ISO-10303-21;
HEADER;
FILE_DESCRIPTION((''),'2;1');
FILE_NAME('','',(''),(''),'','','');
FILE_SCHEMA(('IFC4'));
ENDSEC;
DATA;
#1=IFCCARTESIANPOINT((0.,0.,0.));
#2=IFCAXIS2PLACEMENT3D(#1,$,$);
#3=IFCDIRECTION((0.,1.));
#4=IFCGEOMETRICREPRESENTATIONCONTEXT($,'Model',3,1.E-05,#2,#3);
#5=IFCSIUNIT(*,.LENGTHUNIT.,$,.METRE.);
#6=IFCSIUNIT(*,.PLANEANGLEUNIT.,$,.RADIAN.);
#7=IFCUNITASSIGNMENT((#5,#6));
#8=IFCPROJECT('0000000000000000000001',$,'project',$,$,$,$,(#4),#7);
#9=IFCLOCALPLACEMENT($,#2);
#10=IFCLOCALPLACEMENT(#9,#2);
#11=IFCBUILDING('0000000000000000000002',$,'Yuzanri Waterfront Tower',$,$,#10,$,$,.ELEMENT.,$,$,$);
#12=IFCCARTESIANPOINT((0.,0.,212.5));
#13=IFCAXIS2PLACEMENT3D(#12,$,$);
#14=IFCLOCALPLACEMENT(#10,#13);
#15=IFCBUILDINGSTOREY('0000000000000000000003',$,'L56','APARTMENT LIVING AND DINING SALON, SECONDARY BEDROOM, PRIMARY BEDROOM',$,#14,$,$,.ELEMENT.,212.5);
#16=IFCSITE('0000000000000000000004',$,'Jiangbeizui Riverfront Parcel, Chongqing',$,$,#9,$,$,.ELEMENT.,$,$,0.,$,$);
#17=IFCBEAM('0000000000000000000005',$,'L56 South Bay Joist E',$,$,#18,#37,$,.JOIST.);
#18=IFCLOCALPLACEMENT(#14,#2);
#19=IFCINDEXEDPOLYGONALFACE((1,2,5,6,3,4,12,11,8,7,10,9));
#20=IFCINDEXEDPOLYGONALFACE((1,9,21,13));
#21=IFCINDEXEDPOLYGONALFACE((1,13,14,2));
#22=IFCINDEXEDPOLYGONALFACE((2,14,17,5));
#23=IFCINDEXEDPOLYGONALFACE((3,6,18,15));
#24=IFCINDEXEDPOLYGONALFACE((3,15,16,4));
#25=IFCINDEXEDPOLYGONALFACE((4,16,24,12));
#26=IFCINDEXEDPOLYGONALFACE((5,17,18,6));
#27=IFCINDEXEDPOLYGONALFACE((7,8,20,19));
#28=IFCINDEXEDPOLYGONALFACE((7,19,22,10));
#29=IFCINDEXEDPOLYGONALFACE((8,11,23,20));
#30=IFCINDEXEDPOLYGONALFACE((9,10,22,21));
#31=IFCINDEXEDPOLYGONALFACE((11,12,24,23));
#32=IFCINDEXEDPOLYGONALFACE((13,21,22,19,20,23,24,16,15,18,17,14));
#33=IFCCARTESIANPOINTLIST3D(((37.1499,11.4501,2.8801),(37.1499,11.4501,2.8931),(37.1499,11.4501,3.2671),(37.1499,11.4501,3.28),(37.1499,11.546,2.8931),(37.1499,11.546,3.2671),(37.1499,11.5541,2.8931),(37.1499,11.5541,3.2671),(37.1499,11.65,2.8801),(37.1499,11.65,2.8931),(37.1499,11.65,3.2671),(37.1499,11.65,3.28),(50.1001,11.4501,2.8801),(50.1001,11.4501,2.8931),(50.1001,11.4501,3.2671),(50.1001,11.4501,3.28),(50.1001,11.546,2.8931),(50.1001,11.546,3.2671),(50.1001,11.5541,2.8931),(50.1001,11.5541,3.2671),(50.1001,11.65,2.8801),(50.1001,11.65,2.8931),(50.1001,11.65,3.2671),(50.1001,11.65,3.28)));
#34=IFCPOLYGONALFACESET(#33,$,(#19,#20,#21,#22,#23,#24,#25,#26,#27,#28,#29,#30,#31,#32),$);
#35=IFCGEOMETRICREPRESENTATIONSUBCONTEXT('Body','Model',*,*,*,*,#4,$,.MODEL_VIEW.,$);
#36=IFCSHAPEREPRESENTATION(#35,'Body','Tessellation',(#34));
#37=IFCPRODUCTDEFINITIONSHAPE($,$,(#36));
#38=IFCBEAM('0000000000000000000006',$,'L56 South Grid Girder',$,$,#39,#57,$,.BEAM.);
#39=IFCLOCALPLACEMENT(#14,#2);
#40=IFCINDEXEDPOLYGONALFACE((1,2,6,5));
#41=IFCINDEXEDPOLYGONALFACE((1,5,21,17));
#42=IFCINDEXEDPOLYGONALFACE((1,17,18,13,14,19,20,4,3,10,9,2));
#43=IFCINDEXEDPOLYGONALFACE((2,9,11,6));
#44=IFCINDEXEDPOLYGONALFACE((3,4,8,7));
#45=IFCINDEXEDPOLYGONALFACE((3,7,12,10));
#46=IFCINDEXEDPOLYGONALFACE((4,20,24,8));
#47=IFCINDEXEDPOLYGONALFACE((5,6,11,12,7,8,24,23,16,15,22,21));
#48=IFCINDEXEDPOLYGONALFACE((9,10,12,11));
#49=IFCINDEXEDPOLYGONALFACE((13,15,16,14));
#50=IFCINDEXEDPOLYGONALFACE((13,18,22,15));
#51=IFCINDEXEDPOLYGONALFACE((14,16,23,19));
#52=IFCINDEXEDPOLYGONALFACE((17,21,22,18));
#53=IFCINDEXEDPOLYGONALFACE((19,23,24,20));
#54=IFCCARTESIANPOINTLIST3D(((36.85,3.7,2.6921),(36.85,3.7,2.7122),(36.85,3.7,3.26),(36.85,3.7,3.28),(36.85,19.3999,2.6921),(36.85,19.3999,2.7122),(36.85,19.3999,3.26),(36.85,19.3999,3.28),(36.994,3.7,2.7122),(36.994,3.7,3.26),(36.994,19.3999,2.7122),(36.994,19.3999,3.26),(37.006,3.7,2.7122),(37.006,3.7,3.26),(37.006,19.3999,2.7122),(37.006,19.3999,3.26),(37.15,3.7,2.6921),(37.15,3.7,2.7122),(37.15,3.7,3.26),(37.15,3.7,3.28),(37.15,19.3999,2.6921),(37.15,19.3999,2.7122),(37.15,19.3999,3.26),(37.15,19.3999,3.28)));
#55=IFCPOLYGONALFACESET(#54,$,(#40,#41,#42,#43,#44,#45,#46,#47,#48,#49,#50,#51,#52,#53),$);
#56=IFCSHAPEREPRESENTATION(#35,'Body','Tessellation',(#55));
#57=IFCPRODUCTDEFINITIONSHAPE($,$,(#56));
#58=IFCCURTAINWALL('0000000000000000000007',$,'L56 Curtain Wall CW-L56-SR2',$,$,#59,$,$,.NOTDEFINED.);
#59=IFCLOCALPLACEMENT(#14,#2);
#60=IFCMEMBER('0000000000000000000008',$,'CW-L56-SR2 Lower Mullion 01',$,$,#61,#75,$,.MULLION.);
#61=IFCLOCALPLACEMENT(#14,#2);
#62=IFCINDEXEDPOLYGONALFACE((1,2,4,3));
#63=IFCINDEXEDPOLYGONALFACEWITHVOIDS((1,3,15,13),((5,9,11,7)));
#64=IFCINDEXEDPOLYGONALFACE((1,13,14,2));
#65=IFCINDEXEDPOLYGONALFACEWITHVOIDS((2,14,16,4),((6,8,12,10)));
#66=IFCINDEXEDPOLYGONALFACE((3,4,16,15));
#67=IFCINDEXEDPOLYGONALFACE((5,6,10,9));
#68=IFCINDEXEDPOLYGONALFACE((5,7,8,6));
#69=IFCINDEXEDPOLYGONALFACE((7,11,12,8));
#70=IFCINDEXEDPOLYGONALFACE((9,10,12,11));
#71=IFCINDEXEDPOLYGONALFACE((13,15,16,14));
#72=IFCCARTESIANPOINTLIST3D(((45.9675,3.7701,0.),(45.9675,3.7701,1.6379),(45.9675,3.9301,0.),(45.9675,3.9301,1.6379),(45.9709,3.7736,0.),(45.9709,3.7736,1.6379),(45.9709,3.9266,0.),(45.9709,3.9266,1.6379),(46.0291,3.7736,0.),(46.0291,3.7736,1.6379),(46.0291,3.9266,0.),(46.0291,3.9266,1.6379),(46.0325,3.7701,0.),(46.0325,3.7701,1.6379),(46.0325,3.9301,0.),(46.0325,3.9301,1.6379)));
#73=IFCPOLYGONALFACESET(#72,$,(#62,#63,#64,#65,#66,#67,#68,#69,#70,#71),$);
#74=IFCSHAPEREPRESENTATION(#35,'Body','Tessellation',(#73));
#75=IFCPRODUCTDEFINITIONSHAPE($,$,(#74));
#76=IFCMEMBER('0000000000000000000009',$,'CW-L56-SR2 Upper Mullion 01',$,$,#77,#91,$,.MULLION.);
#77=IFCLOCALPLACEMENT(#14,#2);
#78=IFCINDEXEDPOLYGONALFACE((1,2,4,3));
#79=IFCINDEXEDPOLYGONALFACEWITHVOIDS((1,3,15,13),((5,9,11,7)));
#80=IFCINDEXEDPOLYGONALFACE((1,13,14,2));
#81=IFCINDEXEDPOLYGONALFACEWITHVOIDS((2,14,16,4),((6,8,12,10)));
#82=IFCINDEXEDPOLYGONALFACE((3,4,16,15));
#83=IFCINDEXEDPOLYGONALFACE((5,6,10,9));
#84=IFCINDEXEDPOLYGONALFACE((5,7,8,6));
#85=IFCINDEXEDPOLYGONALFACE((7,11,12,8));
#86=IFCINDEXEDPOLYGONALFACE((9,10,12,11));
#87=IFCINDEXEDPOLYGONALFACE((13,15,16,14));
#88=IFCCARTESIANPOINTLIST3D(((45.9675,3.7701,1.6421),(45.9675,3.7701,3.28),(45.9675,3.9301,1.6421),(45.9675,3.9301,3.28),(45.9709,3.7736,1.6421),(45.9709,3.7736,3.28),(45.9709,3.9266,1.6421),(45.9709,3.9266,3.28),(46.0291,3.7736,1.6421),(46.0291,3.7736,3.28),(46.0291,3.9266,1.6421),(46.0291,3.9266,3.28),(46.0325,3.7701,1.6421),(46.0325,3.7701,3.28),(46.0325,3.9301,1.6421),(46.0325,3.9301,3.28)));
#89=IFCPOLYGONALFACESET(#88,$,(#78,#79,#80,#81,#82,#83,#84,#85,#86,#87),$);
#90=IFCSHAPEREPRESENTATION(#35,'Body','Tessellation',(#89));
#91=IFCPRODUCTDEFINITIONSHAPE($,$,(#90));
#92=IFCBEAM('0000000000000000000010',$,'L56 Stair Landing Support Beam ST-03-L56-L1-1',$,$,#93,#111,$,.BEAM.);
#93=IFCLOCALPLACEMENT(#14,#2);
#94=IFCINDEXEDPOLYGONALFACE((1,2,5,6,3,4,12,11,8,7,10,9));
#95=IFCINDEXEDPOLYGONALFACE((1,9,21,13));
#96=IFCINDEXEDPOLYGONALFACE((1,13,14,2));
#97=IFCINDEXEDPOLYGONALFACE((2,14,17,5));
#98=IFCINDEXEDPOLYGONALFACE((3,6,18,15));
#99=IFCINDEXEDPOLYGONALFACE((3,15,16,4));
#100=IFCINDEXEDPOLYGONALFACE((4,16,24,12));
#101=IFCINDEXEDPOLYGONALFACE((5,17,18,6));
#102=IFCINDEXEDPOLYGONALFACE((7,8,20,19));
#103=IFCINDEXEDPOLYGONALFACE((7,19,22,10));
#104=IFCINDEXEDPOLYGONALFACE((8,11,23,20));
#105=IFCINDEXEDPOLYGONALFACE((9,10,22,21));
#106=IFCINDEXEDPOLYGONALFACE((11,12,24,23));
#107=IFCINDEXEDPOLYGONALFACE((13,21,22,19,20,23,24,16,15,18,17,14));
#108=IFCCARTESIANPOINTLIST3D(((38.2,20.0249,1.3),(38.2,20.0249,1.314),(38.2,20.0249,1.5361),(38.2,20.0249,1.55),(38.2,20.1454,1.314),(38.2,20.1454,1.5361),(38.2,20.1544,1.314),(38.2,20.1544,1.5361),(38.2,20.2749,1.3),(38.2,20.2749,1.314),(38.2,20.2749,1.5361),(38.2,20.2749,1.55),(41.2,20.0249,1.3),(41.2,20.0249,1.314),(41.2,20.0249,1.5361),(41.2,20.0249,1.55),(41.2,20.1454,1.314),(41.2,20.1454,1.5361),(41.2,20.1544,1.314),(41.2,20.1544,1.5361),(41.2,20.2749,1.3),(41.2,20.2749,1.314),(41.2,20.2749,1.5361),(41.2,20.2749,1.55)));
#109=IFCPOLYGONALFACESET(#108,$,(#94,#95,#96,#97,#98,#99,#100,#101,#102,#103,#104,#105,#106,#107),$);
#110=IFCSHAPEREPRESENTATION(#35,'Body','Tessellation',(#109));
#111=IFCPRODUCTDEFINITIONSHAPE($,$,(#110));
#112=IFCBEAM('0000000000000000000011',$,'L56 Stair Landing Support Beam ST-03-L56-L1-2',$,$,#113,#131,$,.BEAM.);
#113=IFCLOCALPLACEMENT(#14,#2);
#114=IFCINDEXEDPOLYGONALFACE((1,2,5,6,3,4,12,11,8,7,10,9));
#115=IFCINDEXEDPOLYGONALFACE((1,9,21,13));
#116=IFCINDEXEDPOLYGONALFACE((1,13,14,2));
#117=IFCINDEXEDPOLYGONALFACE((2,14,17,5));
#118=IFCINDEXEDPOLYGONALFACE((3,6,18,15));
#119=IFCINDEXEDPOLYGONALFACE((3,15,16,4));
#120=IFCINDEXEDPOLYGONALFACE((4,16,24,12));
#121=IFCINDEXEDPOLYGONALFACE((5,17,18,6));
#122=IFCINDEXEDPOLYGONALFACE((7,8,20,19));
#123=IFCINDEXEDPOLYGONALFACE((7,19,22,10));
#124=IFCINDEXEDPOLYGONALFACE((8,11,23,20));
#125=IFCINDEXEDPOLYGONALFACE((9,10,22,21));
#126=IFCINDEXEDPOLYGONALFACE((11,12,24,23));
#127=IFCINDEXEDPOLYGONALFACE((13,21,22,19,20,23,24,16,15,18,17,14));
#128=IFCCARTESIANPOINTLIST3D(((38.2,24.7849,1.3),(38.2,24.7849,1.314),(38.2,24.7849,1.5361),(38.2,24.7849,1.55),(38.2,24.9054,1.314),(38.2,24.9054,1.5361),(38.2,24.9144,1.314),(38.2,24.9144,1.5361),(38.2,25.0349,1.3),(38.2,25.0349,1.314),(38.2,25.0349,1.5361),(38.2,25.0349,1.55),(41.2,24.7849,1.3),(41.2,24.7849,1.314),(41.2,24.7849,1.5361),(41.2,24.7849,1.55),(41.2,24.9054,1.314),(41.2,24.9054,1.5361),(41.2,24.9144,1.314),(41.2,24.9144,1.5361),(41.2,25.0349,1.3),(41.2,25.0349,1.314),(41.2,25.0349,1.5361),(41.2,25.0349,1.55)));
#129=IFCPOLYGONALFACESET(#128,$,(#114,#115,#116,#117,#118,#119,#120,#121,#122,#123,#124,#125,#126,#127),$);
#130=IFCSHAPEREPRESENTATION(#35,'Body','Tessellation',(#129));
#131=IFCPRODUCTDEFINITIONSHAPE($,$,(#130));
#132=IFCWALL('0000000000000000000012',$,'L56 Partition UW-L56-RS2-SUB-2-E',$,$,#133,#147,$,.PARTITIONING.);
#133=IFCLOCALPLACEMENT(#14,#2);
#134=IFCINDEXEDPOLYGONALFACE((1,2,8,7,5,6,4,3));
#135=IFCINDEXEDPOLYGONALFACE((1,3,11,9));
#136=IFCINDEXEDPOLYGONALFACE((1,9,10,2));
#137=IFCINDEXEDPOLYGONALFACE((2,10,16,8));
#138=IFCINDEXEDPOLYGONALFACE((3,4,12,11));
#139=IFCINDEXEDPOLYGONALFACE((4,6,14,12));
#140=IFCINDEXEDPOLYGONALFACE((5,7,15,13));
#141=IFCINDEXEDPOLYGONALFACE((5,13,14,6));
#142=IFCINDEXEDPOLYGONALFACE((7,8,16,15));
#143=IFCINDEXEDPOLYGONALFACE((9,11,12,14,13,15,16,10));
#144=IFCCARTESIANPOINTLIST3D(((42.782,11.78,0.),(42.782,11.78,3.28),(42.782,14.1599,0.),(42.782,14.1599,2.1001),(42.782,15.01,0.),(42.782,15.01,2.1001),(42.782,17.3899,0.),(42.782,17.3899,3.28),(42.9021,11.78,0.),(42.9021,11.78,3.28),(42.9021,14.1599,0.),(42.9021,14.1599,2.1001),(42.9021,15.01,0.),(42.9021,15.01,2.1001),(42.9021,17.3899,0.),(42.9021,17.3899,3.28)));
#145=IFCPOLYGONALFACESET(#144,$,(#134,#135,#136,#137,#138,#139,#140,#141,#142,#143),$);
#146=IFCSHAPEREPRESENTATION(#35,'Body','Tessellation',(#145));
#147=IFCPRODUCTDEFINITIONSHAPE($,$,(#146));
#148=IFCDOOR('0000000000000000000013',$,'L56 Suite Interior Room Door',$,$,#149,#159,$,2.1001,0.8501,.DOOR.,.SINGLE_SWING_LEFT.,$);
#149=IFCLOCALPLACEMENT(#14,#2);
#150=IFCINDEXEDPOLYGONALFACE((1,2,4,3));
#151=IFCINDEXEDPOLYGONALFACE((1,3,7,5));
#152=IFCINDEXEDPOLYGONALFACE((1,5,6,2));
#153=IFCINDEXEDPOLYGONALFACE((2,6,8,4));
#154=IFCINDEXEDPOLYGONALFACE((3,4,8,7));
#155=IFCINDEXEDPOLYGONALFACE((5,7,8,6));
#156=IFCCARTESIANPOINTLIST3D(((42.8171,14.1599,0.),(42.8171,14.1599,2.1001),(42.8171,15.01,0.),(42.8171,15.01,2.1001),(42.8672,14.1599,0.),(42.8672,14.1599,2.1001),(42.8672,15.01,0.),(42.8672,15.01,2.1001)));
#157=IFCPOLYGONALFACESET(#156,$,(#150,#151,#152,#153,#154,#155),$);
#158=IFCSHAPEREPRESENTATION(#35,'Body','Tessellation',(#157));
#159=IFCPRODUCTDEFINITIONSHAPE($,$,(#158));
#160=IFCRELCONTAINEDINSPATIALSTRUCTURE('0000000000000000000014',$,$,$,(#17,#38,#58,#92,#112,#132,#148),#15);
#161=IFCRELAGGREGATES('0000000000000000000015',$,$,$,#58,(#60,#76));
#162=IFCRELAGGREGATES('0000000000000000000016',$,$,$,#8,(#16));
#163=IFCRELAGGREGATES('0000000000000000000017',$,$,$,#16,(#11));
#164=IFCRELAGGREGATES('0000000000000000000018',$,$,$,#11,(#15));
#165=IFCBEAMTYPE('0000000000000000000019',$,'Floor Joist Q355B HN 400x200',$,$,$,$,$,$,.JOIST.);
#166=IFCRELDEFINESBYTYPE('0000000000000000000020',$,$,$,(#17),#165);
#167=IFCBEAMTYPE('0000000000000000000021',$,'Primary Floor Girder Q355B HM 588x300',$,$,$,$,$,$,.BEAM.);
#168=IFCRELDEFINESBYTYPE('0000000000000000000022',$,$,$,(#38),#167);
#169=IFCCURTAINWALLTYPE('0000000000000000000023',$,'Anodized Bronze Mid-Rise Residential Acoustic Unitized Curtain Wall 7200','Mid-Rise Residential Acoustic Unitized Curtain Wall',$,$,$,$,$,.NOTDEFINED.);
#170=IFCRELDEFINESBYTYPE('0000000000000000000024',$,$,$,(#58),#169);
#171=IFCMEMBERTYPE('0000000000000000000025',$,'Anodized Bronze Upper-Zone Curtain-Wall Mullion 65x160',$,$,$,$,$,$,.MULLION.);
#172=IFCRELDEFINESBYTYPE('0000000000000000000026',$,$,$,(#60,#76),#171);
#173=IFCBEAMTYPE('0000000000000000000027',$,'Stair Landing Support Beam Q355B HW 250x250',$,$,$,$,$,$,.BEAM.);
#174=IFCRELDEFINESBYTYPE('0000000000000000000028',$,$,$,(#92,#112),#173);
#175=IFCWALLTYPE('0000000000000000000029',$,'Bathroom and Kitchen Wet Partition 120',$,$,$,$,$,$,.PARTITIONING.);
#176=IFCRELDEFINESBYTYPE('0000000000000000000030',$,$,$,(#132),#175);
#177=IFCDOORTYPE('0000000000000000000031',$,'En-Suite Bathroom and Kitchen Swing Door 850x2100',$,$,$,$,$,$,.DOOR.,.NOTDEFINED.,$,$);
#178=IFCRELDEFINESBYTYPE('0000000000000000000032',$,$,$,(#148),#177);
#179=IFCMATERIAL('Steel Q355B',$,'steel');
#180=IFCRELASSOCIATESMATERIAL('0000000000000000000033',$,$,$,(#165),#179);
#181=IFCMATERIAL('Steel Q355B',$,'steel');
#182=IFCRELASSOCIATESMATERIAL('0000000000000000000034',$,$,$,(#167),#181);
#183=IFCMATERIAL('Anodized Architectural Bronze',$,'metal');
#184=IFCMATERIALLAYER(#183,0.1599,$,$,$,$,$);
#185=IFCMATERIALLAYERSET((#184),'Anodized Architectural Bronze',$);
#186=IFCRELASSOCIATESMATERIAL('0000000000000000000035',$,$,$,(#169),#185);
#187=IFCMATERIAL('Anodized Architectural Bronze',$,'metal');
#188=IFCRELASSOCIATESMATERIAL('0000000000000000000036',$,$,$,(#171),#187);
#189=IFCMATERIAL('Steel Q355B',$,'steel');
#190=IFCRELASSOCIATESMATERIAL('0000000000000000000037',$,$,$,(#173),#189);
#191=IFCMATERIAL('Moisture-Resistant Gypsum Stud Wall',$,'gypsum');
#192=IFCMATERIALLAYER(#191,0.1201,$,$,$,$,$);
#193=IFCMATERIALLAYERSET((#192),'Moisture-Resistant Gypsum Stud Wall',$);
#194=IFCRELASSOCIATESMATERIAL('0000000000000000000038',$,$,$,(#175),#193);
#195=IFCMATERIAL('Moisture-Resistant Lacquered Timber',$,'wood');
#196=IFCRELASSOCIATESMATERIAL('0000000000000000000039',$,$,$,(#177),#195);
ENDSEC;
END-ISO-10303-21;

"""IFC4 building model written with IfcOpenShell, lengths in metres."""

from ifc_helpers import new_model, si_unit, direction, frame, frame_2d, origin, origin_2d, place, context, subcontext, project, spatial, rectangle, hollow_rectangle, i_section, extrude, source, transform, mapped, material, layer, layer_set, material_profile, profile_set, type_object, element, fill, aggregate, save


model = new_model("IFC4")

# Units and contexts
model_context = context("Model", 3, precision=1e-05, world=origin(), true_north=direction((0.0, 1.0)))
body_context = subcontext(model_context, "Body", "Model", "MODEL_VIEW")
ifc_project = project(units=[si_unit("LENGTHUNIT", "METRE"), si_unit("PLANEANGLEUNIT", "RADIAN")], contexts=[model_context])

# Site, building, storey
site_placement = place(None, origin())
site = spatial("IfcSite", under=ifc_project, at=site_placement, Name="Jiangbeizui Riverfront Parcel, Chongqing", CompositionType="ELEMENT", RefElevation=0.0)
building_placement = place(site_placement, origin())
building = spatial("IfcBuilding", under=site, at=building_placement, Name="Yuzanri Waterfront Tower", CompositionType="ELEMENT")
storey_placement = place(building_placement, frame((0.0, 0.0, 212.5)))
storey = spatial("IfcBuildingStorey", under=building, at=storey_placement, Name="L56", Description="APARTMENT LIVING AND DINING SALON, SECONDARY BEDROOM, PRIMARY BEDROOM", CompositionType="ELEMENT", Elevation=212.5)

# Beams
ifc_material_1 = material(Name="Steel Q355B", Category="steel")
ifc_material_profile_1 = material_profile(ifc_material_1, i_section(OverallWidth=0.2, OverallDepth=0.3999, WebThickness=0.0081, FlangeThickness=0.0129, at=origin_2d()), Name="HN 400x200x8x13")
ifc_profile_set_1 = profile_set([ifc_material_profile_1], Name="Steel Q355B")
beam_type_1 = type_object("IfcBeamType", Name="Floor Joist Q355B HN 400x200", PredefinedType="JOIST", material=ifc_profile_set_1)
shared_shape_1 = source(origin(), body_context, "Body", "SweptSolid", [
    extrude(i_section(OverallWidth=0.2, OverallDepth=0.3999, WebThickness=0.0081, FlangeThickness=0.0129, at=origin_2d()), origin(), (0.0, 0.0, 1.0), 12.9502),
])
beam_1_placement = place(storey_placement, frame((37.1499, 11.55, 3.0801), z_axis=(1.0, 0.0, 0.0), x_axis=(0.0, 1.0, 0.0)))
element("IfcBeam", 1, at=beam_1_placement, inside=storey, type_object=beam_type_1, Name="L56 South Bay Joist E", PredefinedType="JOIST", context=body_context, shape_type="MappedRepresentation", body=[
    mapped(shared_shape_1, transform((0.0, 0.0, 0.0), scale=1.0)),
])
ifc_material_2 = material(Name="Steel Q355B", Category="steel")
ifc_material_profile_2 = material_profile(ifc_material_2, i_section(OverallWidth=0.3, OverallDepth=0.5879, WebThickness=0.012, FlangeThickness=0.02, at=origin_2d()), Name="HM 588x300x12x20")
ifc_profile_set_2 = profile_set([ifc_material_profile_2], Name="Steel Q355B")
beam_type_2 = type_object("IfcBeamType", Name="Primary Floor Girder Q355B HM 588x300", PredefinedType="BEAM", material=ifc_profile_set_2)
shared_shape_2 = source(origin(), body_context, "Body", "SweptSolid", [
    extrude(i_section(OverallWidth=0.3, OverallDepth=0.5879, WebThickness=0.012, FlangeThickness=0.02, at=origin_2d()), origin(), (0.0, 0.0, 1.0), 15.7),
])
beam_2_placement = place(storey_placement, frame((37.0, 19.3999, 2.9861), z_axis=(0.0, -1.0, 0.0), x_axis=(1.0, 0.0, 0.0)))
element("IfcBeam", 2, at=beam_2_placement, inside=storey, type_object=beam_type_2, Name="L56 South Grid Girder", PredefinedType="BEAM", context=body_context, shape_type="MappedRepresentation", body=[
    mapped(shared_shape_2, transform((0.0, 0.0, 0.0), scale=1.0)),
])

# Curtain wall, members
ifc_material_3 = material(Name="Anodized Architectural Bronze", Category="metal")
ifc_layer_1 = layer(ifc_material_3, 0.1599)
ifc_layer_set_1 = layer_set([ifc_layer_1], Name="Anodized Architectural Bronze")
curtain_wall_type = type_object("IfcCurtainWallType", Name="Anodized Bronze Mid-Rise Residential Acoustic Unitized Curtain Wall 7200", Description="Mid-Rise Residential Acoustic Unitized Curtain Wall", PredefinedType="NOTDEFINED", material=ifc_layer_set_1)
curtain_wall_placement = place(storey_placement, origin())
curtain_wall = element("IfcCurtainWall", 3, at=curtain_wall_placement, inside=storey, type_object=curtain_wall_type, Name="L56 Curtain Wall CW-L56-SR2", PredefinedType="NOTDEFINED")
ifc_material_4 = material(Name="Anodized Architectural Bronze", Category="metal")
ifc_material_profile_3 = material_profile(ifc_material_4, hollow_rectangle(XDim=0.0649, YDim=0.1599, WallThickness=0.0034, at=origin_2d()), Name="CWM 65x160")
ifc_profile_set_3 = profile_set([ifc_material_profile_3], Name="Anodized Architectural Bronze")
member_type = type_object("IfcMemberType", Name="Anodized Bronze Upper-Zone Curtain-Wall Mullion 65x160", PredefinedType="MULLION", material=ifc_profile_set_3)
shared_shape_3 = source(origin(), body_context, "Body", "SweptSolid", [
    extrude(hollow_rectangle(XDim=0.0649, YDim=0.1599, WallThickness=0.0034, at=origin_2d()), origin(), (0.0, 0.0, 1.0), 1.6379),
])
member_1_placement = place(storey_placement, frame((46.0, 3.8501, 0.0), z_axis=(0.0, 0.0, 1.0), x_axis=(1.0, 0.0, 0.0)))
member_1 = element("IfcMember", 4, at=member_1_placement, type_object=member_type, Name="CW-L56-SR2 Lower Mullion 01", PredefinedType="MULLION", context=body_context, shape_type="MappedRepresentation", body=[
    mapped(shared_shape_3, transform((0.0, 0.0, 0.0), scale=1.0)),
])
member_2_placement = place(storey_placement, frame((46.0, 3.8501, 1.6421), z_axis=(0.0, 0.0, 1.0), x_axis=(1.0, 0.0, 0.0)))
member_2 = element("IfcMember", 5, at=member_2_placement, type_object=member_type, Name="CW-L56-SR2 Upper Mullion 01", PredefinedType="MULLION", context=body_context, shape_type="MappedRepresentation", body=[
    mapped(shared_shape_3, transform((0.0, 0.0, 0.0), scale=1.0)),
])
aggregate(curtain_wall, [member_1, member_2])

# Beams
ifc_material_5 = material(Name="Steel Q355B", Category="steel")
ifc_material_profile_4 = material_profile(ifc_material_5, i_section(OverallWidth=0.25, OverallDepth=0.25, WebThickness=0.009, FlangeThickness=0.0139, at=origin_2d()), Name="HW 250x250x9x14")
ifc_profile_set_4 = profile_set([ifc_material_profile_4], Name="Steel Q355B")
beam_type_3 = type_object("IfcBeamType", Name="Stair Landing Support Beam Q355B HW 250x250", PredefinedType="BEAM", material=ifc_profile_set_4)
shared_shape_4 = source(origin(), body_context, "Body", "SweptSolid", [
    extrude(i_section(OverallWidth=0.25, OverallDepth=0.25, WebThickness=0.009, FlangeThickness=0.0139, at=origin_2d()), origin(), (0.0, 0.0, 1.0), 3.0),
])
for number, where, z_axis, x_axis, name in (
    (6, (38.2, 20.1499, 1.425), (1.0, 0.0, 0.0), (0.0, 1.0, 0.0), "L56 Stair Landing Support Beam ST-03-L56-L1-1"),
    (7, (38.2, 24.9099, 1.425), (1.0, 0.0, 0.0), (0.0, 1.0, 0.0), "L56 Stair Landing Support Beam ST-03-L56-L1-2"),
):
    element("IfcBeam", number, at=place(storey_placement, frame(where, z_axis=z_axis, x_axis=x_axis)), inside=storey, type_object=beam_type_3, Name=name, PredefinedType="BEAM", context=body_context, shape_type="MappedRepresentation", body=[
        mapped(shared_shape_4, transform((0.0, 0.0, 0.0), scale=1.0)),
    ])

# Wall, opening, door
ifc_material_6 = material(Name="Moisture-Resistant Gypsum Stud Wall", Category="gypsum")
ifc_layer_2 = layer(ifc_material_6, 0.1201)
ifc_layer_set_2 = layer_set([ifc_layer_2], Name="Moisture-Resistant Gypsum Stud Wall")
wall_type_1 = type_object("IfcWallType", Name="Bathroom and Kitchen Wet Partition 120", PredefinedType="PARTITIONING", material=ifc_layer_set_2)
wall_1_placement = place(storey_placement, frame((42.842, 11.78, 0.0), z_axis=(0.0, 0.0, 1.0), x_axis=(0.0, 1.0, 0.0)))
wall_1 = element("IfcWall", 8, at=wall_1_placement, inside=storey, type_object=wall_type_1, Name="L56 Partition UW-L56-RS2-SUB-2-E", PredefinedType="PARTITIONING", context=body_context, shape_type="SweptSolid", body=[
    extrude(rectangle(XDim=5.6099, YDim=0.1201, at=frame_2d((2.8049, 0.0))), origin(), (0.0, 0.0, 1.0), 3.28),
])
opening_1_placement = place(wall_1_placement, frame((2.3799, 0.0, 0.0)))
opening_1 = element("IfcOpeningElement", 9, at=opening_1_placement, cuts=wall_1, PredefinedType="OPENING", context=body_context, shape_type="SweptSolid", body=[
    extrude(rectangle(XDim=0.8501, YDim=2.1001, at=frame_2d((0.425, 1.05))), frame((0.0, 0.075, 0.0), z_axis=(0.0, -1.0, 0.0), x_axis=(1.0, 0.0, 0.0)), (0.0, 0.0, 1.0), 0.1499),
])
ifc_material_7 = material(Name="Moisture-Resistant Lacquered Timber", Category="wood")
door_type_1 = type_object("IfcDoorType", Name="En-Suite Bathroom and Kitchen Swing Door 850x2100", OperationType="NOTDEFINED", PredefinedType="DOOR", material=ifc_material_7)
shared_shape_5 = source(origin(), body_context, "Body", "SweptSolid", [
    extrude(rectangle(XDim=0.8501, YDim=2.1001, at=frame_2d((0.425, 1.05))), frame((0.0, 0.0249, 0.0), z_axis=(0.0, -1.0, 0.0), x_axis=(1.0, 0.0, 0.0)), (0.0, 0.0, 1.0), 0.05),
])
door_1_placement = place(opening_1_placement, origin())
door_1 = element("IfcDoor", 10, at=door_1_placement, inside=storey, type_object=door_type_1, Name="L56 Suite Interior Room Door", OperationType="SINGLE_SWING_LEFT", OverallHeight=2.1001, OverallWidth=0.8501, PredefinedType="DOOR", context=body_context, shape_type="MappedRepresentation", body=[
    mapped(shared_shape_5, transform((0.0, 0.0, 0.0), scale=1.0)),
])
fill(opening_1, door_1)

save(model, "model.ifc")
